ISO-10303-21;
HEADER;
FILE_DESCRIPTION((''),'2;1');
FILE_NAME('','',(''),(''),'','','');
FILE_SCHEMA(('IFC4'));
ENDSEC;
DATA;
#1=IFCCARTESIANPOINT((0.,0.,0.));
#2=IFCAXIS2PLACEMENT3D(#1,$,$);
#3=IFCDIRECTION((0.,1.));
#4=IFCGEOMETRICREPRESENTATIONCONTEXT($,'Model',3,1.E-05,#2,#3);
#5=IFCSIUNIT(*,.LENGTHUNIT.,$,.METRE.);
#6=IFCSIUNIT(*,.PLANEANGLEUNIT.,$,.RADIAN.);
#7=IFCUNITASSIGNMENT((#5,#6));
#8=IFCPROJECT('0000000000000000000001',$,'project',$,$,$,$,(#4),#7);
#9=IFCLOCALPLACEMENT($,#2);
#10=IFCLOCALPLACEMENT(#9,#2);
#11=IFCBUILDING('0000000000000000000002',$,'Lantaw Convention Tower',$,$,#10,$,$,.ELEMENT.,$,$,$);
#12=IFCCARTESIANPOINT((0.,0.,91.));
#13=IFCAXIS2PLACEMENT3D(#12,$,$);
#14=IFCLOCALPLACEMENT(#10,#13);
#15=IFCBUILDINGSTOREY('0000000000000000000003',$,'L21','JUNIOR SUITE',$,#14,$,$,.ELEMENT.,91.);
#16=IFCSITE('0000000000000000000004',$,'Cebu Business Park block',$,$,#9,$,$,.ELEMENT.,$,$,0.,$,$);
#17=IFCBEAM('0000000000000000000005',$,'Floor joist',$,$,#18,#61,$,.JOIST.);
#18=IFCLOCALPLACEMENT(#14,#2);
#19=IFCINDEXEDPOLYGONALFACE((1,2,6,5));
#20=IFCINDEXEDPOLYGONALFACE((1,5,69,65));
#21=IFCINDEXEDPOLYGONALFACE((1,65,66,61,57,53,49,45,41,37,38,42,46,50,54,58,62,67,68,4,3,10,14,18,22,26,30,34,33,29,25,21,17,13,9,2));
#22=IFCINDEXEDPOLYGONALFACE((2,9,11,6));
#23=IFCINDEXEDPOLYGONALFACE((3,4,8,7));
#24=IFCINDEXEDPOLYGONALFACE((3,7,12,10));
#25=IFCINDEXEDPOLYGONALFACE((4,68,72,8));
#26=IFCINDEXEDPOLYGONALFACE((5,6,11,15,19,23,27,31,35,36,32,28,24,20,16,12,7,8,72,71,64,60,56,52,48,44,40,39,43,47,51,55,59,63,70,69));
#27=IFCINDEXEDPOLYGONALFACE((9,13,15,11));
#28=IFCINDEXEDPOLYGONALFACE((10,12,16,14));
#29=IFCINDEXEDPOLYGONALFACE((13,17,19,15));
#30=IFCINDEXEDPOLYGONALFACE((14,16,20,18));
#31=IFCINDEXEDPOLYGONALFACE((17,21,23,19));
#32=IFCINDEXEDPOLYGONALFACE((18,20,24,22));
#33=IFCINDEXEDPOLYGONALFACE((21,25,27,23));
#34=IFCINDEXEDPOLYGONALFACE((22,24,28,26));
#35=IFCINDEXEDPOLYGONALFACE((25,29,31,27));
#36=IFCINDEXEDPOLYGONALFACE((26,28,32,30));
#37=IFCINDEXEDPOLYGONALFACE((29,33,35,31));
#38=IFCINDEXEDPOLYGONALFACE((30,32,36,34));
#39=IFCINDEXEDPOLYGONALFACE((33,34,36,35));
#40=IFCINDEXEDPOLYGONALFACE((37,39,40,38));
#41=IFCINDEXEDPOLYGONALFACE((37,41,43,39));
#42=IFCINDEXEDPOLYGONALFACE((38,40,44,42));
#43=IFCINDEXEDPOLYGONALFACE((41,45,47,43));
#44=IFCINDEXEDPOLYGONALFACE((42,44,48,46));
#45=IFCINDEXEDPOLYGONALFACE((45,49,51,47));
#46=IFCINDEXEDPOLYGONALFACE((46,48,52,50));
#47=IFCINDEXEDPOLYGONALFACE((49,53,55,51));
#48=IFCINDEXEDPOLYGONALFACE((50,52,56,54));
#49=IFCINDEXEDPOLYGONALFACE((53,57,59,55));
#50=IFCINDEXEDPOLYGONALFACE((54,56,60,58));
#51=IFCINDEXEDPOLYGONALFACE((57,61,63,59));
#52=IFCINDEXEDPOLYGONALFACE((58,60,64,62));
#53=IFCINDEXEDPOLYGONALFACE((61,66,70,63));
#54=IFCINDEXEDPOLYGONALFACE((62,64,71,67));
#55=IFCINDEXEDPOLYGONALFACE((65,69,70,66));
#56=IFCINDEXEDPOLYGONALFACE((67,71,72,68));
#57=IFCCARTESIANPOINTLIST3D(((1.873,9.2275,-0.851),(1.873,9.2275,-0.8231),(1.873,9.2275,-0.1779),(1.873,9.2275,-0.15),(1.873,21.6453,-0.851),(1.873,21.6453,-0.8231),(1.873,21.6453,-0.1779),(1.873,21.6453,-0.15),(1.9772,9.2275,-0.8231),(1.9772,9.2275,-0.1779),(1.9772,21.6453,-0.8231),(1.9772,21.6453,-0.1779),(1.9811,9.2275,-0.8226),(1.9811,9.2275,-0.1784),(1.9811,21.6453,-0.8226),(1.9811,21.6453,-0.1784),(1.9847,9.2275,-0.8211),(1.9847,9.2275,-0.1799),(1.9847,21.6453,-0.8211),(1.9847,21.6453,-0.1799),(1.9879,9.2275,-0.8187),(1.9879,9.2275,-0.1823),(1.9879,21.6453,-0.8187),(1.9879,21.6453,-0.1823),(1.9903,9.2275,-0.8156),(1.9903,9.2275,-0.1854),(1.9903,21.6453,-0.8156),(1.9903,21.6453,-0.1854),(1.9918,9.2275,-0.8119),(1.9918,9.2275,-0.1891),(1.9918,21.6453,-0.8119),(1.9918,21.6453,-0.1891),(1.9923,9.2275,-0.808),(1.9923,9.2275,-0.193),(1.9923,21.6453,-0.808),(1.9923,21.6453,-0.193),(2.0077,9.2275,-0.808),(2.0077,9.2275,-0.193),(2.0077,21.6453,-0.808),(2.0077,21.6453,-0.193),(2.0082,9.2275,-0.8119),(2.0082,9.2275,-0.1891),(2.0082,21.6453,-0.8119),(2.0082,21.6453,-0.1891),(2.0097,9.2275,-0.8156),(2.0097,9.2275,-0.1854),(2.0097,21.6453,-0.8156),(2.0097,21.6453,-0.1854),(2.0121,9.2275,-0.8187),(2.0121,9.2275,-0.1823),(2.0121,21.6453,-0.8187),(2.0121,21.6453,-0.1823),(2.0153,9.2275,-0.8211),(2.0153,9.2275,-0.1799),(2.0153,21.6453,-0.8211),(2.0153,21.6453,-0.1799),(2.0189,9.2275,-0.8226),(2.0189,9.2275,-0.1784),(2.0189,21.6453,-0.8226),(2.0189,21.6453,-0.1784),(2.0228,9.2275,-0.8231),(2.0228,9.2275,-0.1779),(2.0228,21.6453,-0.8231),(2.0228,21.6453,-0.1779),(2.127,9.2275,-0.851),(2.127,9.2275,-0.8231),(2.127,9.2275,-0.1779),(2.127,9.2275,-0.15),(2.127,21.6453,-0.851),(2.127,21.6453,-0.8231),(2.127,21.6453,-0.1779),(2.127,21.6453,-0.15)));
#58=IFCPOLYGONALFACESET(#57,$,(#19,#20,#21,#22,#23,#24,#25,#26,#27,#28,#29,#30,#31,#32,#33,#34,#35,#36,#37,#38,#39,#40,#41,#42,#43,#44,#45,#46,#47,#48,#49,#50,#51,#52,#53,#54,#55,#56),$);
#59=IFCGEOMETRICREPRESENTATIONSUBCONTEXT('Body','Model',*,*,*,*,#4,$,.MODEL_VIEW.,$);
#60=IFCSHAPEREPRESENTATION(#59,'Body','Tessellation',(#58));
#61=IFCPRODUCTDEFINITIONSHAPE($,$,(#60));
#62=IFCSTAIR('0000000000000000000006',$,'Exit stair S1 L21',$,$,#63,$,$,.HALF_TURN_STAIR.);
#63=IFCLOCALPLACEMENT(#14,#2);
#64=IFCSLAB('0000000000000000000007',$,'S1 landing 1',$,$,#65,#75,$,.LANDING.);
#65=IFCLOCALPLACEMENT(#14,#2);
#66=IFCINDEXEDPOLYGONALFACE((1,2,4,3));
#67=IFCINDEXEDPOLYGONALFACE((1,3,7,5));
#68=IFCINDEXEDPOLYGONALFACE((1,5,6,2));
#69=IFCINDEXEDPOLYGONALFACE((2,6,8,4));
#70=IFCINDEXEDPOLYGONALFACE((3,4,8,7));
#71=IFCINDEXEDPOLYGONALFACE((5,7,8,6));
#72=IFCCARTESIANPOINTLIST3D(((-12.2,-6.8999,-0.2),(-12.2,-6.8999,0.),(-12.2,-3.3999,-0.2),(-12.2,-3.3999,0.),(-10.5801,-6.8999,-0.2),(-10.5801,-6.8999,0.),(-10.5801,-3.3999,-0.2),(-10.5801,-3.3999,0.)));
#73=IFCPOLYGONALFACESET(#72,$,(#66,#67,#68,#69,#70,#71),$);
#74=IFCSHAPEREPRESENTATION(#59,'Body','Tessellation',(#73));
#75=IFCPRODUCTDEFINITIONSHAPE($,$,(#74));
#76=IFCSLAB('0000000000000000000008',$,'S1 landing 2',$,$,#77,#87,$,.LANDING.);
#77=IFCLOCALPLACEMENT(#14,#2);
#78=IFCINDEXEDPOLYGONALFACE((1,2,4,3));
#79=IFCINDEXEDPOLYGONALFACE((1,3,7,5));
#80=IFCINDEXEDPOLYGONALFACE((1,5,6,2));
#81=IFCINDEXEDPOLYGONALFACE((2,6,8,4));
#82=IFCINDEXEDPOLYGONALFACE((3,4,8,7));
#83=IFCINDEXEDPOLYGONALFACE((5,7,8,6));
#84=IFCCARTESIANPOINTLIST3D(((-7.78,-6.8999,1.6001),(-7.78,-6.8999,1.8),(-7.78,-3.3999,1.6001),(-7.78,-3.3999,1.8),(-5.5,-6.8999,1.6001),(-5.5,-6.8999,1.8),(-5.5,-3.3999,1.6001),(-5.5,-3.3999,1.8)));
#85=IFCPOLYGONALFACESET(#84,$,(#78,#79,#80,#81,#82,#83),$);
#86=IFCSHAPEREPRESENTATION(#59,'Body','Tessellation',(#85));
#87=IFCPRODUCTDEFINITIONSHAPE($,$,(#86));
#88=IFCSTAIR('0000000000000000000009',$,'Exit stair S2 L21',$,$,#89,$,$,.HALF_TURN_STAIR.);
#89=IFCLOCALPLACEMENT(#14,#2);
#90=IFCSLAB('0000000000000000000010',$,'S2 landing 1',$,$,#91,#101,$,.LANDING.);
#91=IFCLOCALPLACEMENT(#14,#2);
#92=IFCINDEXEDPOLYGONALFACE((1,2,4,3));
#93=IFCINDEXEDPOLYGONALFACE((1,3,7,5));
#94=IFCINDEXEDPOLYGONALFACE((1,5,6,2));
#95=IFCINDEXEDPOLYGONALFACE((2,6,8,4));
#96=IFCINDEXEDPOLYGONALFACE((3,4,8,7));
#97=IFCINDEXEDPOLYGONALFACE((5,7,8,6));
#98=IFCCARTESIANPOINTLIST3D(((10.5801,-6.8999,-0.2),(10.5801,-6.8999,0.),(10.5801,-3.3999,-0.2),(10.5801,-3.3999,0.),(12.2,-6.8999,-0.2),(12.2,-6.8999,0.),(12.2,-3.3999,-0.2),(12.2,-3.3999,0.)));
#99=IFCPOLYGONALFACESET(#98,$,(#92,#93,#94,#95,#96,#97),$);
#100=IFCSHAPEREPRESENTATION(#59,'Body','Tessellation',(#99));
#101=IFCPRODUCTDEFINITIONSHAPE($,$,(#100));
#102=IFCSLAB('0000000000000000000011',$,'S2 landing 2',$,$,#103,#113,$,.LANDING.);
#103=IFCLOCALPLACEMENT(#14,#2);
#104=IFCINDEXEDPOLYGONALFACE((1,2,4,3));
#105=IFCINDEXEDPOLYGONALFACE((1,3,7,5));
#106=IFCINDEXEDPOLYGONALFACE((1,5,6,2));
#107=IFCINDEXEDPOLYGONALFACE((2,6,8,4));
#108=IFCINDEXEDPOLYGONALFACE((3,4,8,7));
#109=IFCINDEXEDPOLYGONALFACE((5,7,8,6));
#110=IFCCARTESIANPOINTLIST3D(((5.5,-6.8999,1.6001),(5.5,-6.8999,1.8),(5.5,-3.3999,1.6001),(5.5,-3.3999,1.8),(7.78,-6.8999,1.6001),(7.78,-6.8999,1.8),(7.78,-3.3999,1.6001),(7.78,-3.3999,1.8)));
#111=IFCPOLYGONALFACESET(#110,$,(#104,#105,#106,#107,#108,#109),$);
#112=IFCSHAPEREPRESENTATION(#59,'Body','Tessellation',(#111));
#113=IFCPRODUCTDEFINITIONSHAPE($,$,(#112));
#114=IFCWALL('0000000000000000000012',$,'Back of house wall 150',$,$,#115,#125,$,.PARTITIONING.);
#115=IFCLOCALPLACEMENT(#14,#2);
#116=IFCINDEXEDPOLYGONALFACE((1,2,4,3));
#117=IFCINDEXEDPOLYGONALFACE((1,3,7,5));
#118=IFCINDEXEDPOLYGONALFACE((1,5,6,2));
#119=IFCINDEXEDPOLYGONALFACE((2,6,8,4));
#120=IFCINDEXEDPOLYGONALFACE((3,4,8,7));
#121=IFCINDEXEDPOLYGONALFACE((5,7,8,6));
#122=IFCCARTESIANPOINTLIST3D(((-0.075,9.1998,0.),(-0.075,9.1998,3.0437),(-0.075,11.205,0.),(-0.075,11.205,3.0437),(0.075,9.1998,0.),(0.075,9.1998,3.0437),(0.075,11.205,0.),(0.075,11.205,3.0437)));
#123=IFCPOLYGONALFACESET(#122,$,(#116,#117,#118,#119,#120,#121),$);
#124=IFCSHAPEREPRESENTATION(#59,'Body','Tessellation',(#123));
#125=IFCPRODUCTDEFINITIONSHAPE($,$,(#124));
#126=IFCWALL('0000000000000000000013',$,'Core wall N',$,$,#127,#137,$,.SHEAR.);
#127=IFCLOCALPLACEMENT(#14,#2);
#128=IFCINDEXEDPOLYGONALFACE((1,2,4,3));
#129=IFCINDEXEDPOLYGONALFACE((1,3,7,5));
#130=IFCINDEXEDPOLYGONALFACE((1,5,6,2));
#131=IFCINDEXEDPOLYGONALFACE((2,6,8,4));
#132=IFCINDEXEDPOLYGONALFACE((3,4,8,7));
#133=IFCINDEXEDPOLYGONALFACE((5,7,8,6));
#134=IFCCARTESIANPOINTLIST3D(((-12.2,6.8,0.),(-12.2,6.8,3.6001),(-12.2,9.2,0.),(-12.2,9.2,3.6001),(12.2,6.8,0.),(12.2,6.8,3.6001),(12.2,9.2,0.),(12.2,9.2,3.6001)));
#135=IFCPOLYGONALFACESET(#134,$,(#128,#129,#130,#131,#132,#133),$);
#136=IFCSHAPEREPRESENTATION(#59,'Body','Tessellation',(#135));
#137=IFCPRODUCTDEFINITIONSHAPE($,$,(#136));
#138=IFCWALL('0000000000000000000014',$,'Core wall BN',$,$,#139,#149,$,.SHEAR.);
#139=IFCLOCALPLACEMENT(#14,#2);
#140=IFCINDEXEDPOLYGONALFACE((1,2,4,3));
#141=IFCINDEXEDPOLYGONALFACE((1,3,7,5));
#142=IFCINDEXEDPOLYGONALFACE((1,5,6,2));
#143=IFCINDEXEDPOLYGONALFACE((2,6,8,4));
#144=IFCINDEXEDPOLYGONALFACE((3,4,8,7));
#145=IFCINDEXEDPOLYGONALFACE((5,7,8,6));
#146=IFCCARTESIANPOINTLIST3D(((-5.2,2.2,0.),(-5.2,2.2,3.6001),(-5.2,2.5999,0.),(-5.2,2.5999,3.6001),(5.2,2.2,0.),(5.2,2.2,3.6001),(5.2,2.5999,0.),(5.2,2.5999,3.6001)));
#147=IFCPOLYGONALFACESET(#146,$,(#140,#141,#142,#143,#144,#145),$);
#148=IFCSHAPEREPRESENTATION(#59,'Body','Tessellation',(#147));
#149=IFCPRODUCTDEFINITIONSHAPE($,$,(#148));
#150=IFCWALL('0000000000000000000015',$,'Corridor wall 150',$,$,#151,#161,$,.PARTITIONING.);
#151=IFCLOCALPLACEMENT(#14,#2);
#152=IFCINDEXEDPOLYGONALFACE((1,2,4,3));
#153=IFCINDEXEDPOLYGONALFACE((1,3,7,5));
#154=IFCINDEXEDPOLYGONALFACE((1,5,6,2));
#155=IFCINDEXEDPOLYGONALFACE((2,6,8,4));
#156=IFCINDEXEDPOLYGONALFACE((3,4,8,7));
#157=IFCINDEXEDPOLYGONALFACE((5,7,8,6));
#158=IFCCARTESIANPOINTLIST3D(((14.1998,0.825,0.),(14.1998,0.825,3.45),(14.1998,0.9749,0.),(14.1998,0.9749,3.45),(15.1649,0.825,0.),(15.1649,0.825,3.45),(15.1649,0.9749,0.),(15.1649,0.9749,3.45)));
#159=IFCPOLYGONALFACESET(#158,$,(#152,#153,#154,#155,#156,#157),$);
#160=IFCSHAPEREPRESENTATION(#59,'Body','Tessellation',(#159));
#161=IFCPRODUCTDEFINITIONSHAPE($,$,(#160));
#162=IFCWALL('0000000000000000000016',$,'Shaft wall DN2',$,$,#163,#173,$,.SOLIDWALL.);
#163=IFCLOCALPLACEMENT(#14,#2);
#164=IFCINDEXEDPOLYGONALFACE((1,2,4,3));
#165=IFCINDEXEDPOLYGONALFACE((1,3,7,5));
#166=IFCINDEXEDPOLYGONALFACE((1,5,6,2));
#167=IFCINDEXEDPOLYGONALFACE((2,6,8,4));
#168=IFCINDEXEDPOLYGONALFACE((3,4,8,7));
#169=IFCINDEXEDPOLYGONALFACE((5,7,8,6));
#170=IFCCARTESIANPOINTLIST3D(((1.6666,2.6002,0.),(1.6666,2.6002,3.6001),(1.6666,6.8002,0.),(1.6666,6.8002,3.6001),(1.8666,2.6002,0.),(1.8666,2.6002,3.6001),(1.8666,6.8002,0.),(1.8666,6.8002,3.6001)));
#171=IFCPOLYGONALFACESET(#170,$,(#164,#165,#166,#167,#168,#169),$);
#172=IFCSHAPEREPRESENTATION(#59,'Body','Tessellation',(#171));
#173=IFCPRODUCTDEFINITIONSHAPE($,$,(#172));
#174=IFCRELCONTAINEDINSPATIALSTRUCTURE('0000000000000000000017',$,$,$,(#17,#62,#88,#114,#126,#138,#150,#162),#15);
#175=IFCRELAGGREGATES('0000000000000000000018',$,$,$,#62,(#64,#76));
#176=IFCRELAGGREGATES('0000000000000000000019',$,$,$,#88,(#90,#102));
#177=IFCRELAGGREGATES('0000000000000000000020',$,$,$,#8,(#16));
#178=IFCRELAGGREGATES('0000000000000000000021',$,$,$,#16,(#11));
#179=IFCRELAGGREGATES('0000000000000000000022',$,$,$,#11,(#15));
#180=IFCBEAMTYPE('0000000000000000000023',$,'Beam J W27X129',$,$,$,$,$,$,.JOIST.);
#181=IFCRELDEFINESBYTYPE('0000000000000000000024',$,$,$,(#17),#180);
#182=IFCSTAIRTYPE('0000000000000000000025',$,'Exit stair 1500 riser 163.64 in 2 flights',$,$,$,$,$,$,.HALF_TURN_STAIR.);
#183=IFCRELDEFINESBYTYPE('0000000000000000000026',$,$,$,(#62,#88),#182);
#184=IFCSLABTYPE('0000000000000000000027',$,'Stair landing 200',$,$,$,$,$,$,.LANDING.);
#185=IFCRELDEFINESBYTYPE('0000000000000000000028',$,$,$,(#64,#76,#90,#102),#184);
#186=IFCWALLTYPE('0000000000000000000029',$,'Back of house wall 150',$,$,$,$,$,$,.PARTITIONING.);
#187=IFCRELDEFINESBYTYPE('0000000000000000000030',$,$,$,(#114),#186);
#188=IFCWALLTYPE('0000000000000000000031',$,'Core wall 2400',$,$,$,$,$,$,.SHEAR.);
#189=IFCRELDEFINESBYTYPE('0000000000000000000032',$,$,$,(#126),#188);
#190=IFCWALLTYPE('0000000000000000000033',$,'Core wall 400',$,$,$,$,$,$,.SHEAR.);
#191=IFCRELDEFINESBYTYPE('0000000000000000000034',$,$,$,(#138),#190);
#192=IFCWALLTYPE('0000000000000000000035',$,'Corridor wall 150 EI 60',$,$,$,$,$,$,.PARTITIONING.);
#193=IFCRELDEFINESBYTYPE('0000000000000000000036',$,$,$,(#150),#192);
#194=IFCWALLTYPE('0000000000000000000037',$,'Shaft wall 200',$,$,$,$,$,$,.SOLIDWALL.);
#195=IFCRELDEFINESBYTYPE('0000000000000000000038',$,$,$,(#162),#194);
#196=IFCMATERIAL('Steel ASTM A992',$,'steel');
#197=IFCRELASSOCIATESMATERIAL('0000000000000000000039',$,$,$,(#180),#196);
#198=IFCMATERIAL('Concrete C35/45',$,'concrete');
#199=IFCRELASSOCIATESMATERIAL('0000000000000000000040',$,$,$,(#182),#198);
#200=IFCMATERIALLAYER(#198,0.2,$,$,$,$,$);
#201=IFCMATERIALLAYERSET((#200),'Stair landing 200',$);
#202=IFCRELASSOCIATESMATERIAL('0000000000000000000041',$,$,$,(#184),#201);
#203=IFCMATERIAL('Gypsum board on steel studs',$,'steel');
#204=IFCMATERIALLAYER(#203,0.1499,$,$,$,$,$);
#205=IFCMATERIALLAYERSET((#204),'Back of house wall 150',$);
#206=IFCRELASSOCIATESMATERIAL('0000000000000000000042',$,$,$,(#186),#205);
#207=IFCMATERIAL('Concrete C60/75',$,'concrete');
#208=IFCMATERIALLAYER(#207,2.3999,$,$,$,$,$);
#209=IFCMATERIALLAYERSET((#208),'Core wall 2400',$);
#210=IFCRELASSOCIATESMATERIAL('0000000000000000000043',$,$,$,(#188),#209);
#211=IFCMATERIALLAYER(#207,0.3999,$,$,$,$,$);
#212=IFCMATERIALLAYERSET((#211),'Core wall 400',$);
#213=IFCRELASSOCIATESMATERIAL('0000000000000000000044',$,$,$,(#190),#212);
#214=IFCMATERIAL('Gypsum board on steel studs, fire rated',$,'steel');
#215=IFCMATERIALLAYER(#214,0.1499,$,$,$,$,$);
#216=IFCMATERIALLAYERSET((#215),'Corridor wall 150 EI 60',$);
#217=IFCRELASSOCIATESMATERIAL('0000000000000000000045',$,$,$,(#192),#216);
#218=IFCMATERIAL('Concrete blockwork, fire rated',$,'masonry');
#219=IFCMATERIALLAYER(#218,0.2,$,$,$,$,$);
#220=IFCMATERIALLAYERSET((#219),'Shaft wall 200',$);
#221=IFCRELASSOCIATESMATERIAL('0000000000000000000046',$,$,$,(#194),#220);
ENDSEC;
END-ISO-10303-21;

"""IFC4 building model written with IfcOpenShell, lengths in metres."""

from ifc_helpers import new_model, si_unit, direction, frame, frame_2d, origin, origin_2d, place, context, subcontext, project, spatial, polyline, rectangle, i_section, outline, extrude, material, layer, layer_set, material_profile, profile_set, type_object, element, aggregate, save


model = new_model("IFC4")

# Units and contexts
model_context = context("Model", 3, precision=1e-05, world=origin(), true_north=direction((0.0, 1.0)))
body_context = subcontext(model_context, "Body", "Model", "MODEL_VIEW")
ifc_project = project(units=[si_unit("LENGTHUNIT", "METRE"), si_unit("PLANEANGLEUNIT", "RADIAN")], contexts=[model_context])

# Site, building, storey
site_placement = place(None, origin())
site = spatial("IfcSite", under=ifc_project, at=site_placement, Name="Cebu Business Park block", CompositionType="ELEMENT", RefElevation=0.0)
building_placement = place(site_placement, origin())
building = spatial("IfcBuilding", under=site, at=building_placement, Name="Lantaw Convention Tower", CompositionType="ELEMENT")
storey_placement = place(building_placement, frame((0.0, 0.0, 91.0)))
storey = spatial("IfcBuildingStorey", under=building, at=storey_placement, Name="L21", Description="JUNIOR SUITE", CompositionType="ELEMENT", Elevation=91.0)

# Beam
ifc_material_1 = material(Name="Steel ASTM A992", Category="steel")
ifc_material_profile_1 = material_profile(ifc_material_1, i_section(OverallWidth=0.2539, OverallDepth=0.7009, WebThickness=0.0154, FlangeThickness=0.0278, FilletRadius=0.0151, at=origin_2d()), Name="W27X129")
ifc_profile_set_1 = profile_set([ifc_material_profile_1], Name="Steel ASTM A992")
beam_type_1 = type_object("IfcBeamType", Name="Beam J W27X129", PredefinedType="JOIST", material=ifc_profile_set_1)
beam_1_placement = place(storey_placement, frame((2.0, 9.2275, -0.5005), z_axis=(0.0, 1.0, 0.0), x_axis=(-1.0, 0.0, 0.0)))
element("IfcBeam", 1, at=beam_1_placement, inside=storey, type_object=beam_type_1, Name="Floor joist", PredefinedType="JOIST", context=body_context, shape_type="SweptSolid", body=[
    extrude(i_section(OverallWidth=0.2539, OverallDepth=0.7009, WebThickness=0.0154, FlangeThickness=0.0278, FilletRadius=0.0151, at=origin_2d()), origin(), (0.0, 0.0, 1.0), 12.4177),
])

# Stairs, slabs
ifc_material_2 = material(Name="Concrete C35/45", Category="concrete")
stair_type = type_object("IfcStairType", Name="Exit stair 1500 riser 163.64 in 2 flights", PredefinedType="HALF_TURN_STAIR", material=ifc_material_2)
stair_1_placement = place(storey_placement, origin())
stair_1 = element("IfcStair", 2, at=stair_1_placement, inside=storey, type_object=stair_type, Name="Exit stair S1 L21", PredefinedType="HALF_TURN_STAIR")
ifc_layer_1 = layer(ifc_material_2, 0.2)
ifc_layer_set_1 = layer_set([ifc_layer_1], Name="Stair landing 200")
slab_type = type_object("IfcSlabType", Name="Stair landing 200", PredefinedType="LANDING", material=ifc_layer_set_1)
slab_1_placement = place(storey_placement, frame((0.0, 0.0, -0.2)))
slab_1 = element("IfcSlab", 3, at=slab_1_placement, type_object=slab_type, Name="S1 landing 1", PredefinedType="LANDING", context=body_context, shape_type="SweptSolid", body=[
    extrude(outline(polyline([(-12.2, -6.8999), (-10.5801, -6.8999), (-10.5801, -3.3999), (-12.2, -3.3999), (-12.2, -6.8999)])), origin(), (0.0, 0.0, 1.0), 0.2),
])
slab_2_placement = place(storey_placement, frame((0.0, 0.0, 1.6001)))
slab_2 = element("IfcSlab", 4, at=slab_2_placement, type_object=slab_type, Name="S1 landing 2", PredefinedType="LANDING", context=body_context, shape_type="SweptSolid", body=[
    extrude(outline(polyline([(-7.78, -6.8999), (-5.5, -6.8999), (-5.5, -3.3999), (-7.78, -3.3999), (-7.78, -6.8999)])), origin(), (0.0, 0.0, 1.0), 0.2),
])
aggregate(stair_1, [slab_1, slab_2])
stair_2_placement = place(storey_placement, origin())
stair_2 = element("IfcStair", 5, at=stair_2_placement, inside=storey, type_object=stair_type, Name="Exit stair S2 L21", PredefinedType="HALF_TURN_STAIR")
slab_3_placement = place(storey_placement, frame((0.0, 0.0, -0.2)))
slab_3 = element("IfcSlab", 6, at=slab_3_placement, type_object=slab_type, Name="S2 landing 1", PredefinedType="LANDING", context=body_context, shape_type="SweptSolid", body=[
    extrude(outline(polyline([(10.5801, -6.8999), (12.2, -6.8999), (12.2, -3.3999), (10.5801, -3.3999), (10.5801, -6.8999)])), origin(), (0.0, 0.0, 1.0), 0.2),
])
slab_4_placement = place(storey_placement, frame((0.0, 0.0, 1.6001)))
slab_4 = element("IfcSlab", 7, at=slab_4_placement, type_object=slab_type, Name="S2 landing 2", PredefinedType="LANDING", context=body_context, shape_type="SweptSolid", body=[
    extrude(outline(polyline([(5.5, -6.8999), (7.78, -6.8999), (7.78, -3.3999), (5.5, -3.3999), (5.5, -6.8999)])), origin(), (0.0, 0.0, 1.0), 0.2),
])
aggregate(stair_2, [slab_3, slab_4])

# Walls
ifc_material_3 = material(Name="Gypsum board on steel studs", Category="steel")
ifc_layer_2 = layer(ifc_material_3, 0.1499)
ifc_layer_set_2 = layer_set([ifc_layer_2], Name="Back of house wall 150")
wall_type_1 = type_object("IfcWallType", Name="Back of house wall 150", PredefinedType="PARTITIONING", material=ifc_layer_set_2)
wall_1_placement = place(storey_placement, frame((0.0, 9.2, 0.0), z_axis=(0.0, 0.0, 1.0), x_axis=(0.0, 1.0, 0.0)))
element("IfcWall", 8, at=wall_1_placement, inside=storey, type_object=wall_type_1, Name="Back of house wall 150", PredefinedType="PARTITIONING", context=body_context, shape_type="SweptSolid", body=[
    extrude(rectangle(XDim=2.0051, YDim=0.1499, at=frame_2d((1.0024, 0.0))), origin(), (0.0, 0.0, 1.0), 3.0437),
])
ifc_material_4 = material(Name="Concrete C60/75", Category="concrete")
ifc_layer_3 = layer(ifc_material_4, 2.3999)
ifc_layer_set_3 = layer_set([ifc_layer_3], Name="Core wall 2400")
wall_type_2 = type_object("IfcWallType", Name="Core wall 2400", PredefinedType="SHEAR", material=ifc_layer_set_3)
wall_2_placement = place(storey_placement, frame((12.2, 8.0, 0.0), z_axis=(0.0, 0.0, 1.0), x_axis=(-1.0, 0.0, 0.0)))
element("IfcWall", 9, at=wall_2_placement, inside=storey, type_object=wall_type_2, Name="Core wall N", PredefinedType="SHEAR", context=body_context, shape_type="SweptSolid", body=[
    extrude(rectangle(XDim=24.3999, YDim=2.3999, at=frame_2d((12.2, 0.0))), origin(), (0.0, 0.0, 1.0), 3.6001),
])
ifc_layer_4 = layer(ifc_material_4, 0.3999)
ifc_layer_set_4 = layer_set([ifc_layer_4], Name="Core wall 400")
wall_type_3 = type_object("IfcWallType", Name="Core wall 400", PredefinedType="SHEAR", material=ifc_layer_set_4)
wall_3_placement = place(storey_placement, frame((5.2, 2.3999, 0.0), z_axis=(0.0, 0.0, 1.0), x_axis=(-1.0, 0.0, 0.0)))
element("IfcWall", 10, at=wall_3_placement, inside=storey, type_object=wall_type_3, Name="Core wall BN", PredefinedType="SHEAR", context=body_context, shape_type="SweptSolid", body=[
    extrude(rectangle(XDim=10.3999, YDim=0.3999, at=frame_2d((5.2, 0.0))), origin(), (0.0, 0.0, 1.0), 3.6001),
])
ifc_material_5 = material(Name="Gypsum board on steel studs, fire rated", Category="steel")
ifc_layer_5 = layer(ifc_material_5, 0.1499)
ifc_layer_set_5 = layer_set([ifc_layer_5], Name="Corridor wall 150 EI 60")
wall_type_4 = type_object("IfcWallType", Name="Corridor wall 150 EI 60", PredefinedType="PARTITIONING", material=ifc_layer_set_5)
wall_4_placement = place(storey_placement, frame((14.2, 0.8999, 0.0), z_axis=(0.0, 0.0, 1.0), x_axis=(1.0, 0.0, 0.0)))
element("IfcWall", 11, at=wall_4_placement, inside=storey, type_object=wall_type_4, Name="Corridor wall 150", PredefinedType="PARTITIONING", context=body_context, shape_type="SweptSolid", body=[
    extrude(rectangle(XDim=0.9651, YDim=0.1499, at=frame_2d((0.4824, 0.0))), origin(), (0.0, 0.0, 1.0), 3.45),
])
ifc_material_6 = material(Name="Concrete blockwork, fire rated", Category="masonry")
ifc_layer_6 = layer(ifc_material_6, 0.2)
ifc_layer_set_6 = layer_set([ifc_layer_6], Name="Shaft wall 200")
wall_type_5 = type_object("IfcWallType", Name="Shaft wall 200", PredefinedType="SOLIDWALL", material=ifc_layer_set_6)
wall_5_placement = place(storey_placement, frame((1.7666, 2.6001, 0.0), z_axis=(0.0, 0.0, 1.0), x_axis=(0.0, 1.0, 0.0)))
element("IfcWall", 12, at=wall_5_placement, inside=storey, type_object=wall_type_5, Name="Shaft wall DN2", PredefinedType="SOLIDWALL", context=body_context, shape_type="SweptSolid", body=[
    extrude(rectangle(XDim=4.2, YDim=0.2, at=frame_2d((2.1001, 0.0))), origin(), (0.0, 0.0, 1.0), 3.6001),
])

save(model, "model.ifc")
